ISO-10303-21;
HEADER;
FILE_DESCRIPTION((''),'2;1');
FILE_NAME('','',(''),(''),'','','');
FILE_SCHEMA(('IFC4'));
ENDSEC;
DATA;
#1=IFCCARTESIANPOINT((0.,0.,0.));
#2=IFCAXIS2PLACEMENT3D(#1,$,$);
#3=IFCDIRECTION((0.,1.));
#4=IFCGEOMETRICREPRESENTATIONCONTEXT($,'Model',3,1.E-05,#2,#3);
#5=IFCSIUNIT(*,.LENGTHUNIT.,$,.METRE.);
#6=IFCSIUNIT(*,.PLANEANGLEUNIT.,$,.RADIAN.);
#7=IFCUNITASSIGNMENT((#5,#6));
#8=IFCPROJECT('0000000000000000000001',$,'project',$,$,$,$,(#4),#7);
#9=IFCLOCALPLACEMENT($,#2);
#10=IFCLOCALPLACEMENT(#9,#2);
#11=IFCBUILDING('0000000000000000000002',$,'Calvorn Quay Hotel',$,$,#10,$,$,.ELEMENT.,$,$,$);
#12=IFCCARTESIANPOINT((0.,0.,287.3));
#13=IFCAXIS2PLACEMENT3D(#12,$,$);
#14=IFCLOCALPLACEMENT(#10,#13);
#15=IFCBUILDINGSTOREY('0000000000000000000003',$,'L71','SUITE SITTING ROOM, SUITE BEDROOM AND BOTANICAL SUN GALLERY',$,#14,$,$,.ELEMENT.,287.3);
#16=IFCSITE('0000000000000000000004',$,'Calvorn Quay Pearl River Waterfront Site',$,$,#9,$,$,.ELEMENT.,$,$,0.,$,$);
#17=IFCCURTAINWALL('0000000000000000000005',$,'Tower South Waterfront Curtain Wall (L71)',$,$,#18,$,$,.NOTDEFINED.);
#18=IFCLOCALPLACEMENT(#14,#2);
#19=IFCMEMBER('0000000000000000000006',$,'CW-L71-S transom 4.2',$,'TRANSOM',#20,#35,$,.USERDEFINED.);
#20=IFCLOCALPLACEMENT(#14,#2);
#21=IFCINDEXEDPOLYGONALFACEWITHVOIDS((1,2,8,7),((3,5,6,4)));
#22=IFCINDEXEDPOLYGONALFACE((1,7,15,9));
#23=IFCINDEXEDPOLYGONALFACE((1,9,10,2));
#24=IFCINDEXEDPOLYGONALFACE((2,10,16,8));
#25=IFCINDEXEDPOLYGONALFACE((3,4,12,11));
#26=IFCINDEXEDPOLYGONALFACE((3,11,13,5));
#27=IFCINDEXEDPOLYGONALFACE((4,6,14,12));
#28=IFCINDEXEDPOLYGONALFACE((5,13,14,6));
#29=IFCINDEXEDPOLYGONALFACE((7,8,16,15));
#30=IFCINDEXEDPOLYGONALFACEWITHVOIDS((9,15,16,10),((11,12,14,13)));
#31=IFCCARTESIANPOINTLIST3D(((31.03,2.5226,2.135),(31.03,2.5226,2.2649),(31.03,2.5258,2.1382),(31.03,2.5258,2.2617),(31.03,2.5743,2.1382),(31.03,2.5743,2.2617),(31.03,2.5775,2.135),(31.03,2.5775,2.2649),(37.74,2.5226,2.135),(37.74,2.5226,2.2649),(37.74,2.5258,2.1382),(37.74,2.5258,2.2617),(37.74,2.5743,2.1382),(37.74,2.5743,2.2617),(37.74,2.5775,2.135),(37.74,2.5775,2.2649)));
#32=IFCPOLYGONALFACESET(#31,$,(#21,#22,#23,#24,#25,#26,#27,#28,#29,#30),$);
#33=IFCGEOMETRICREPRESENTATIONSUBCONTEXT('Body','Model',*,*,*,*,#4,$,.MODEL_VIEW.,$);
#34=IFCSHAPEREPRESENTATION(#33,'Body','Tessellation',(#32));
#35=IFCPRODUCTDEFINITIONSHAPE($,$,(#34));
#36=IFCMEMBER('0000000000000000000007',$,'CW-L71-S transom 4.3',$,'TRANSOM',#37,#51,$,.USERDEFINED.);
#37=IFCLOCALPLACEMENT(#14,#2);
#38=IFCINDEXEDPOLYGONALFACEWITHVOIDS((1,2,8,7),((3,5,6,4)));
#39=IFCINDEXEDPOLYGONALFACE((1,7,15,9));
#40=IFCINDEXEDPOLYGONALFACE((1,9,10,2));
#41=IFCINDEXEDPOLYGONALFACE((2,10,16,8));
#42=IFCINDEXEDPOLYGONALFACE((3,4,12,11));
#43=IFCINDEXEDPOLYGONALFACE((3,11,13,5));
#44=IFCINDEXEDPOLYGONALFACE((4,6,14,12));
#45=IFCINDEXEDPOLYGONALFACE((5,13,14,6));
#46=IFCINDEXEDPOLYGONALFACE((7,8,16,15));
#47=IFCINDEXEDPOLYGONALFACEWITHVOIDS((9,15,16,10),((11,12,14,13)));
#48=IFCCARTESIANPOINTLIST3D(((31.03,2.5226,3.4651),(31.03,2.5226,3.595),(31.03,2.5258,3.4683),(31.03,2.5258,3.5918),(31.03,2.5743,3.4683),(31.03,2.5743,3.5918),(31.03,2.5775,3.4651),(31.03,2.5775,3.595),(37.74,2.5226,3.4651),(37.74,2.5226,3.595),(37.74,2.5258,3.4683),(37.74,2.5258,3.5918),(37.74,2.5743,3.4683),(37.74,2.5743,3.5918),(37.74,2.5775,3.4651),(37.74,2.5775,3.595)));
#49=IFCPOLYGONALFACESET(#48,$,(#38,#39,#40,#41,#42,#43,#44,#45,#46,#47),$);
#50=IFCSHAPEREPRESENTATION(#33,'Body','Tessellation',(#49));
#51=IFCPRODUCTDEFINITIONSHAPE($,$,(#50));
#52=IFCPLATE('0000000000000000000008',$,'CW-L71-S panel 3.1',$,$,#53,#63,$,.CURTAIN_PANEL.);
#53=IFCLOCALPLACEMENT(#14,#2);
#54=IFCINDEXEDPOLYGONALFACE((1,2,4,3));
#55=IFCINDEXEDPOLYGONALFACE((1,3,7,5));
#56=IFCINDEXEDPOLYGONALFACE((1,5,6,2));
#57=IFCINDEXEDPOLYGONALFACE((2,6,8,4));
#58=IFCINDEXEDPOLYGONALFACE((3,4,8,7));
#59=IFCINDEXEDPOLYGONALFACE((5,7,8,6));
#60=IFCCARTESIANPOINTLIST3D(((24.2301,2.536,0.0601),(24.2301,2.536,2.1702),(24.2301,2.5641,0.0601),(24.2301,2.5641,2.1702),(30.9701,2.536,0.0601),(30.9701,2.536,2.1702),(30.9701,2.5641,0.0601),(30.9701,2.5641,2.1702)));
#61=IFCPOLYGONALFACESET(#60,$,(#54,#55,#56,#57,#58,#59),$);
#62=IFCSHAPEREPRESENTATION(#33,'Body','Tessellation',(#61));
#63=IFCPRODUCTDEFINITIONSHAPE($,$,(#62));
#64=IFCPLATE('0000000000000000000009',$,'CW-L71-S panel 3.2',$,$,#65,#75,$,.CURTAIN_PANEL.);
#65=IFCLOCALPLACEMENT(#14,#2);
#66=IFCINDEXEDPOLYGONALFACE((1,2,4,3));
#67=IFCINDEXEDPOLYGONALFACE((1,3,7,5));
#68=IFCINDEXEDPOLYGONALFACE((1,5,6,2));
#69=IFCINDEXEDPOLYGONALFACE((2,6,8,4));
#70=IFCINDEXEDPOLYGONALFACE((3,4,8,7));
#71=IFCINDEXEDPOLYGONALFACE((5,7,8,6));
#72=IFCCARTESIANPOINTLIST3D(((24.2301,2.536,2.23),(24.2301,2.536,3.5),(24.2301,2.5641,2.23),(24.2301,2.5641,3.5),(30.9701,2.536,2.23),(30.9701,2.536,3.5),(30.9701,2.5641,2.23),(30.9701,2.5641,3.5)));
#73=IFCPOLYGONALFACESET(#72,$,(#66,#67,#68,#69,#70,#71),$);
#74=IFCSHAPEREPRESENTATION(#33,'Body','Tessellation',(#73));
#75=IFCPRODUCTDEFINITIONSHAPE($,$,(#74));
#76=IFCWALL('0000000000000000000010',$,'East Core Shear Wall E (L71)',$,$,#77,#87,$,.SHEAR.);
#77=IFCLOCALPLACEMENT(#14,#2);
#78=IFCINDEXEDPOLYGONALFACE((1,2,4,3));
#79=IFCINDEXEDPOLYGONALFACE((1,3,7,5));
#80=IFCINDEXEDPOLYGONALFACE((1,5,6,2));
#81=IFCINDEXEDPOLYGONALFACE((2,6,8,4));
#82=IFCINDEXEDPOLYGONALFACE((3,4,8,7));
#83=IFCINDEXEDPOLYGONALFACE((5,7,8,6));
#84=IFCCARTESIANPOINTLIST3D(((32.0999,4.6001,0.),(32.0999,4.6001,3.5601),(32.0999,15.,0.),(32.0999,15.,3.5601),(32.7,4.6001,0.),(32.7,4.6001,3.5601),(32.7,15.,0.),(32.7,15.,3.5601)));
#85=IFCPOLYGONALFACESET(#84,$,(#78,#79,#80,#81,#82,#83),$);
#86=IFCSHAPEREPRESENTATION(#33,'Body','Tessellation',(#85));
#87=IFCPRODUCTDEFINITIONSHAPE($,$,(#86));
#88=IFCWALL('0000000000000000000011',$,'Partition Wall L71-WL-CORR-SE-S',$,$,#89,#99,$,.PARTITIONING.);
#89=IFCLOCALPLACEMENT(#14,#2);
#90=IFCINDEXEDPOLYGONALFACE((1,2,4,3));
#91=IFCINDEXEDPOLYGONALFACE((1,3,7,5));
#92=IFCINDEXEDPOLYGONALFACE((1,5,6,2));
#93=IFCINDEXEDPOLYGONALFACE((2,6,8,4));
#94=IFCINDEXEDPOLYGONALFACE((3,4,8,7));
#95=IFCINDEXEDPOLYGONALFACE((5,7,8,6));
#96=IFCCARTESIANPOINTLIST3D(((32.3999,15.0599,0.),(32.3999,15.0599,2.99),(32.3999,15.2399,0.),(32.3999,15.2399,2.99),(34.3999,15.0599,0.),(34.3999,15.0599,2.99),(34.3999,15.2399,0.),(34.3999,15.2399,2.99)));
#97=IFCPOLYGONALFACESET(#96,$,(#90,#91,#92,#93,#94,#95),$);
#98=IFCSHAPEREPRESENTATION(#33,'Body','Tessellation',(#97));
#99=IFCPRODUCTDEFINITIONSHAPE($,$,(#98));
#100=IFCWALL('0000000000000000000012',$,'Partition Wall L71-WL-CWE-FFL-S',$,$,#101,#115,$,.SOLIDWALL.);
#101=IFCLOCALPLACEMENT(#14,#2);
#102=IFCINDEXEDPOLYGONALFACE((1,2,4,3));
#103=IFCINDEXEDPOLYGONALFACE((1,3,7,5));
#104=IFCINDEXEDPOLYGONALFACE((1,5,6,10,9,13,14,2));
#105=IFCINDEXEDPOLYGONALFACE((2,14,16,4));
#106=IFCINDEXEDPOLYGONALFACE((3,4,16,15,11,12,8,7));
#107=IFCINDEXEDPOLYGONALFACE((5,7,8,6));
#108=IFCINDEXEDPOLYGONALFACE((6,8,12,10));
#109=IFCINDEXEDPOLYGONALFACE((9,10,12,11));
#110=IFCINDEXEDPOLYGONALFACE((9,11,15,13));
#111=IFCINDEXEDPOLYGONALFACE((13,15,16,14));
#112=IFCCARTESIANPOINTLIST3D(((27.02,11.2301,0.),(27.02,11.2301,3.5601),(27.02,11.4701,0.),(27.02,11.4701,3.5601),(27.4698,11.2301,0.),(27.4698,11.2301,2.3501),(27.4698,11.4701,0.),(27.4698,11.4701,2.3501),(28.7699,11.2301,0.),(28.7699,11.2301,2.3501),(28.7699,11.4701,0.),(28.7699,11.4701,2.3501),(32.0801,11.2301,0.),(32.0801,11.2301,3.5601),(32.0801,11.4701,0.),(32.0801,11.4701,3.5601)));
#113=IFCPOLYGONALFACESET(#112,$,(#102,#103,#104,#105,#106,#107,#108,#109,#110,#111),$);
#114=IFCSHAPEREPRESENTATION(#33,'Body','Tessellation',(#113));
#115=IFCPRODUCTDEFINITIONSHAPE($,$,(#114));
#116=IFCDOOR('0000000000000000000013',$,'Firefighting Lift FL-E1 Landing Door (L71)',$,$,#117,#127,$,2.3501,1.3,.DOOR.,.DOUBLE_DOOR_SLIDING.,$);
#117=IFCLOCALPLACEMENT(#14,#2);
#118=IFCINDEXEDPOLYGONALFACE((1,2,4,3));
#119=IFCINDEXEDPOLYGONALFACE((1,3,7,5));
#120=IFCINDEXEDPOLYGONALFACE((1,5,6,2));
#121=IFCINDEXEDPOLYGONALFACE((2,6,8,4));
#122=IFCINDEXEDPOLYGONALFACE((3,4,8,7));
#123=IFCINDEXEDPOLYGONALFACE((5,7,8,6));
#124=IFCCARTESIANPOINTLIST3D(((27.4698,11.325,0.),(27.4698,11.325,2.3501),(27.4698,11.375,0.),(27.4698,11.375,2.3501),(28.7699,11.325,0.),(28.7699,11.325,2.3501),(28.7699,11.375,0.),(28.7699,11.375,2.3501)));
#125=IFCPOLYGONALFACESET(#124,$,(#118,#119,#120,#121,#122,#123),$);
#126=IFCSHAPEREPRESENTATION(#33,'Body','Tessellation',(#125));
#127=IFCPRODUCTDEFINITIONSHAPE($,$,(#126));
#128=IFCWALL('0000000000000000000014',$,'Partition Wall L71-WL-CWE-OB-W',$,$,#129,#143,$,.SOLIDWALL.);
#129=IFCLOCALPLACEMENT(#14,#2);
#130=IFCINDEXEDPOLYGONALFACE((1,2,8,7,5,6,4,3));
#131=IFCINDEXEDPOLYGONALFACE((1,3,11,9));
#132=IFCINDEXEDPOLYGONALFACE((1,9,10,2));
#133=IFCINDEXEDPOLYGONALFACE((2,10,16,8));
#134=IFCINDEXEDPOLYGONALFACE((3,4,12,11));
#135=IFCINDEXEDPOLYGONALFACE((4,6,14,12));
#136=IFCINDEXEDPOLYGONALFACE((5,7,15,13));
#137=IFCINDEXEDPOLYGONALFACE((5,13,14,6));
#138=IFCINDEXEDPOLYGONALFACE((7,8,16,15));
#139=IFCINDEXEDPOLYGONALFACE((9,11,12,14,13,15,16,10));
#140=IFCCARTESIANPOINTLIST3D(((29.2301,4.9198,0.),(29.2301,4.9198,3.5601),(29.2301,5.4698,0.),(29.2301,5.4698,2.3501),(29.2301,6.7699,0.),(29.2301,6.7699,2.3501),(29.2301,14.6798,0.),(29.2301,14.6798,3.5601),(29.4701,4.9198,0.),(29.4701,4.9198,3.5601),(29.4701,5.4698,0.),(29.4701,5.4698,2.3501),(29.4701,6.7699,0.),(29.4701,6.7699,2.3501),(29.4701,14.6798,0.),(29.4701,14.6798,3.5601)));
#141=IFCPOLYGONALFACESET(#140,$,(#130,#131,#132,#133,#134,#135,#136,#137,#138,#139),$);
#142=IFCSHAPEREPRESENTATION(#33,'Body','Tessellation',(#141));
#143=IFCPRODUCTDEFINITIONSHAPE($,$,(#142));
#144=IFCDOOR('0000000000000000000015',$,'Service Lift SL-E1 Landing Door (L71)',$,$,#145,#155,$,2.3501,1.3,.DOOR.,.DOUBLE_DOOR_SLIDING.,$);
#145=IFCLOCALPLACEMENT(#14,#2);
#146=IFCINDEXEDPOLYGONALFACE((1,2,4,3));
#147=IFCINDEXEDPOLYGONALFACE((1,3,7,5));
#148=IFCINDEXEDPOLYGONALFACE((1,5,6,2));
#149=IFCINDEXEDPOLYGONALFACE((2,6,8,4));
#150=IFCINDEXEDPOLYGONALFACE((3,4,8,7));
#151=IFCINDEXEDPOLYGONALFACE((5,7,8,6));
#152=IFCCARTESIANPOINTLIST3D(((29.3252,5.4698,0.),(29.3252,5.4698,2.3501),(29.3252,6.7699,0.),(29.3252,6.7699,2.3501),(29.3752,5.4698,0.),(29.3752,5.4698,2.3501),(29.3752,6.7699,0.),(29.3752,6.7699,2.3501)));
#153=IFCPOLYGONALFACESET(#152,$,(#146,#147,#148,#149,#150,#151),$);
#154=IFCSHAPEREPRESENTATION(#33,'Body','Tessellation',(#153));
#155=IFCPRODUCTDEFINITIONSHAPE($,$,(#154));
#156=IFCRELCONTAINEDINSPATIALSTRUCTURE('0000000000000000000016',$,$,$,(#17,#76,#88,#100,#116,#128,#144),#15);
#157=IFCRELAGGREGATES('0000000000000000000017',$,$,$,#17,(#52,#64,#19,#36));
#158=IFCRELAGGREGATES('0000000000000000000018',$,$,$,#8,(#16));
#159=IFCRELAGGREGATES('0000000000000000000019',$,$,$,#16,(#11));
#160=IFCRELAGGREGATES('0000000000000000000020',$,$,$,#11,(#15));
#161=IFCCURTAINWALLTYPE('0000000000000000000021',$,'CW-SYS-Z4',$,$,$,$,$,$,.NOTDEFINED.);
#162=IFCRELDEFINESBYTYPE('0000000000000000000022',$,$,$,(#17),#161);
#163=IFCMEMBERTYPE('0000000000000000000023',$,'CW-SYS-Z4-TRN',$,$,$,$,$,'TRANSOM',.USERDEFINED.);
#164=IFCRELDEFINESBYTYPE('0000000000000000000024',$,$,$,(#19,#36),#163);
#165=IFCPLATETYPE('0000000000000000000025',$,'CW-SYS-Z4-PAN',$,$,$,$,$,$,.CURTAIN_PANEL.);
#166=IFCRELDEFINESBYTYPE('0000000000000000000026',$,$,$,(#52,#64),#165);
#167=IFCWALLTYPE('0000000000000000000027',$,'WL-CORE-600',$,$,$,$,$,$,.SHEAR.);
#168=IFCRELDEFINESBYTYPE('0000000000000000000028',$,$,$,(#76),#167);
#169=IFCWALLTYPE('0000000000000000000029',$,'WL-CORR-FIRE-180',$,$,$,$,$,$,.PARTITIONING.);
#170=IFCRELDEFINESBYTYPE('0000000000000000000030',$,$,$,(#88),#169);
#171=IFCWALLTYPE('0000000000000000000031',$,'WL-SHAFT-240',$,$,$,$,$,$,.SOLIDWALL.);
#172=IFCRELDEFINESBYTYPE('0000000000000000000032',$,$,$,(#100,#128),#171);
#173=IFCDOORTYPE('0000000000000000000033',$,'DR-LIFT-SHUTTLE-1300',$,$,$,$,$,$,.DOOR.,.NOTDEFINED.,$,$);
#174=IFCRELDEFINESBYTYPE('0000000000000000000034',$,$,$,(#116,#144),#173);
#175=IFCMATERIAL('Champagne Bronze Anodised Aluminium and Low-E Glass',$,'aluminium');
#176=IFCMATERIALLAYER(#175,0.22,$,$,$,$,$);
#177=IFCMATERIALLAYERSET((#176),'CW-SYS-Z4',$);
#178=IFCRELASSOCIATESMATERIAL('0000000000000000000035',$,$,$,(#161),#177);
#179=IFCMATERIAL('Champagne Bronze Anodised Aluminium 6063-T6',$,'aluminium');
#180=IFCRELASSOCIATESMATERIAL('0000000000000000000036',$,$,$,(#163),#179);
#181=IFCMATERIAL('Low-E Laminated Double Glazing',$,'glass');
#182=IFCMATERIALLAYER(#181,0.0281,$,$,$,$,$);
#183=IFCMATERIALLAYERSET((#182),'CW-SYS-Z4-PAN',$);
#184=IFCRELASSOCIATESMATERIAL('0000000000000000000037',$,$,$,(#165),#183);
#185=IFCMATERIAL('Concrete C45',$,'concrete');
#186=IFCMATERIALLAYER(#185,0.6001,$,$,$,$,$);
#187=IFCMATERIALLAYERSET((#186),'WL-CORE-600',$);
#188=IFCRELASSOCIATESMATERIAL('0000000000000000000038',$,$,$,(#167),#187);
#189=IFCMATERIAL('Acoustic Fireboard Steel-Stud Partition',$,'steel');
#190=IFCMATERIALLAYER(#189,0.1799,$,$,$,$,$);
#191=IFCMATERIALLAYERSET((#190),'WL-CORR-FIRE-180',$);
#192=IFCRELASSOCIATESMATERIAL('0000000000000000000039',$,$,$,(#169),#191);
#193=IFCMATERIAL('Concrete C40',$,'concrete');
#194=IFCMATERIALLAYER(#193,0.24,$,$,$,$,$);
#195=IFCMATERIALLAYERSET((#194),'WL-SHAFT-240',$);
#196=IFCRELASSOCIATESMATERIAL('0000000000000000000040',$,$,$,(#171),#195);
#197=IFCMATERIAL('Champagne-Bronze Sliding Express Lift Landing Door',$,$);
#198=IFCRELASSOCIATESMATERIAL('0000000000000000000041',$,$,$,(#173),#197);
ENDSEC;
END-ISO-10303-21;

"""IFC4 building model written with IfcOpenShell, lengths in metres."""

from ifc_helpers import new_model, si_unit, direction, frame, frame_2d, origin, origin_2d, place, context, subcontext, project, spatial, rectangle, hollow_rectangle, extrude, material, layer, layer_set, material_profile, profile_set, type_object, element, fill, aggregate, save


model = new_model("IFC4")

# Units and contexts
model_context = context("Model", 3, precision=1e-05, world=origin(), true_north=direction((0.0, 1.0)))
body_context = subcontext(model_context, "Body", "Model", "MODEL_VIEW")
ifc_project = project(units=[si_unit("LENGTHUNIT", "METRE"), si_unit("PLANEANGLEUNIT", "RADIAN")], contexts=[model_context])

# Site, building, storey
site_placement = place(None, origin())
site = spatial("IfcSite", under=ifc_project, at=site_placement, Name="Calvorn Quay Pearl River Waterfront Site", CompositionType="ELEMENT", RefElevation=0.0)
building_placement = place(site_placement, origin())
building = spatial("IfcBuilding", under=site, at=building_placement, Name="Calvorn Quay Hotel", CompositionType="ELEMENT")
storey_placement = place(building_placement, frame((0.0, 0.0, 287.3)))
storey = spatial("IfcBuildingStorey", under=building, at=storey_placement, Name="L71", Description="SUITE SITTING ROOM, SUITE BEDROOM AND BOTANICAL SUN GALLERY", CompositionType="ELEMENT", Elevation=287.3)

# Curtain wall, members, plates
ifc_material_1 = material(Name="Champagne Bronze Anodised Aluminium and Low-E Glass", Category="aluminium")
ifc_layer_1 = layer(ifc_material_1, 0.22)
ifc_layer_set_1 = layer_set([ifc_layer_1], Name="CW-SYS-Z4")
curtain_wall_type = type_object("IfcCurtainWallType", Name="CW-SYS-Z4", PredefinedType="NOTDEFINED", material=ifc_layer_set_1)
curtain_wall_placement = place(storey_placement, origin())
curtain_wall = element("IfcCurtainWall", 1, at=curtain_wall_placement, inside=storey, type_object=curtain_wall_type, Name="Tower South Waterfront Curtain Wall (L71)", PredefinedType="NOTDEFINED")
ifc_material_2 = material(Name="Champagne Bronze Anodised Aluminium 6063-T6", Category="aluminium")
ifc_material_profile_1 = material_profile(ifc_material_2, hollow_rectangle(XDim=0.0549, YDim=0.1299, WallThickness=0.0032, at=origin_2d()), Name="ALU-T130x55x3.2")
ifc_profile_set_1 = profile_set([ifc_material_profile_1], Name="Champagne Bronze Anodised Aluminium 6063-T6")
member_type_1 = type_object("IfcMemberType", Name="CW-SYS-Z4-TRN", ElementType="TRANSOM", PredefinedType="USERDEFINED", material=ifc_profile_set_1)
member_1_placement = place(storey_placement, frame((31.03, 2.55, 2.2), z_axis=(1.0, 0.0, 0.0), x_axis=(0.0, 1.0, 0.0)))
member_1 = element("IfcMember", 2, at=member_1_placement, type_object=member_type_1, Name="CW-L71-S transom 4.2", ObjectType="TRANSOM", PredefinedType="USERDEFINED", context=body_context, shape_type="SweptSolid", body=[
    extrude(hollow_rectangle(XDim=0.0549, YDim=0.1299, WallThickness=0.0032, at=origin_2d()), origin(), (0.0, 0.0, 1.0), 6.71),
])
member_2_placement = place(storey_placement, frame((31.03, 2.55, 3.53), z_axis=(1.0, 0.0, 0.0), x_axis=(0.0, 1.0, 0.0)))
member_2 = element("IfcMember", 3, at=member_2_placement, type_object=member_type_1, Name="CW-L71-S transom 4.3", ObjectType="TRANSOM", PredefinedType="USERDEFINED", context=body_context, shape_type="SweptSolid", body=[
    extrude(hollow_rectangle(XDim=0.0549, YDim=0.1299, WallThickness=0.0032, at=origin_2d()), origin(), (0.0, 0.0, 1.0), 6.71),
])
ifc_material_3 = material(Name="Low-E Laminated Double Glazing", Category="glass")
ifc_layer_2 = layer(ifc_material_3, 0.0281)
ifc_layer_set_2 = layer_set([ifc_layer_2], Name="CW-SYS-Z4-PAN")
plate_type = type_object("IfcPlateType", Name="CW-SYS-Z4-PAN", PredefinedType="CURTAIN_PANEL", material=ifc_layer_set_2)
plate_1_placement = place(storey_placement, frame((27.6001, 2.55, 0.0601), z_axis=(0.0, 0.0, 1.0), x_axis=(1.0, 0.0, 0.0)))
plate_1 = element("IfcPlate", 4, at=plate_1_placement, type_object=plate_type, Name="CW-L71-S panel 3.1", PredefinedType="CURTAIN_PANEL", context=body_context, shape_type="SweptSolid", body=[
    extrude(rectangle(XDim=6.74, YDim=0.0281, at=origin_2d()), origin(), (0.0, 0.0, 1.0), 2.1101),
])
plate_2_placement = place(storey_placement, frame((27.6001, 2.55, 2.23), z_axis=(0.0, 0.0, 1.0), x_axis=(1.0, 0.0, 0.0)))
plate_2 = element("IfcPlate", 5, at=plate_2_placement, type_object=plate_type, Name="CW-L71-S panel 3.2", PredefinedType="CURTAIN_PANEL", context=body_context, shape_type="SweptSolid", body=[
    extrude(rectangle(XDim=6.74, YDim=0.0281, at=origin_2d()), origin(), (0.0, 0.0, 1.0), 1.27),
])
aggregate(curtain_wall, [plate_1, plate_2, member_1, member_2])

# Walls
ifc_material_4 = material(Name="Concrete C45", Category="concrete")
ifc_layer_3 = layer(ifc_material_4, 0.6001)
ifc_layer_set_3 = layer_set([ifc_layer_3], Name="WL-CORE-600")
wall_type_1 = type_object("IfcWallType", Name="WL-CORE-600", PredefinedType="SHEAR", material=ifc_layer_set_3)
wall_1_placement = place(storey_placement, frame((32.3999, 4.6001, 0.0), z_axis=(0.0, 0.0, 1.0), x_axis=(0.0, 1.0, 0.0)))
element("IfcWall", 6, at=wall_1_placement, inside=storey, type_object=wall_type_1, Name="East Core Shear Wall E (L71)", PredefinedType="SHEAR", context=body_context, shape_type="SweptSolid", body=[
    extrude(rectangle(XDim=10.3999, YDim=0.6001, at=frame_2d((5.2, 0.0))), origin(), (0.0, 0.0, 1.0), 3.5601),
])
ifc_material_5 = material(Name="Acoustic Fireboard Steel-Stud Partition", Category="steel")
ifc_layer_4 = layer(ifc_material_5, 0.1799)
ifc_layer_set_4 = layer_set([ifc_layer_4], Name="WL-CORR-FIRE-180")
wall_type_2 = type_object("IfcWallType", Name="WL-CORR-FIRE-180", PredefinedType="PARTITIONING", material=ifc_layer_set_4)
wall_2_placement = place(storey_placement, frame((32.3999, 15.1499, 0.0), z_axis=(0.0, 0.0, 1.0), x_axis=(1.0, 0.0, 0.0)))
element("IfcWall", 7, at=wall_2_placement, inside=storey, type_object=wall_type_2, Name="Partition Wall L71-WL-CORR-SE-S", PredefinedType="PARTITIONING", context=body_context, shape_type="SweptSolid", body=[
    extrude(rectangle(XDim=2.0, YDim=0.1799, at=frame_2d((1.0, 0.0))), origin(), (0.0, 0.0, 1.0), 2.99),
])

# Walls, openings, doors
ifc_material_6 = material(Name="Concrete C40", Category="concrete")
ifc_layer_5 = layer(ifc_material_6, 0.24)
ifc_layer_set_5 = layer_set([ifc_layer_5], Name="WL-SHAFT-240")
wall_type_3 = type_object("IfcWallType", Name="WL-SHAFT-240", PredefinedType="SOLIDWALL", material=ifc_layer_set_5)
wall_3_placement = place(storey_placement, frame((27.02, 11.3501, 0.0), z_axis=(0.0, 0.0, 1.0), x_axis=(1.0, 0.0, 0.0)))
wall_3 = element("IfcWall", 8, at=wall_3_placement, inside=storey, type_object=wall_type_3, Name="Partition Wall L71-WL-CWE-FFL-S", PredefinedType="SOLIDWALL", context=body_context, shape_type="SweptSolid", body=[
    extrude(rectangle(XDim=5.0601, YDim=0.24, at=frame_2d((2.53, 0.0))), origin(), (0.0, 0.0, 1.0), 3.5601),
])
opening_1_placement = place(wall_3_placement, frame((0.45, 0.0, 0.0)))
opening_1 = element("IfcOpeningElement", 9, at=opening_1_placement, cuts=wall_3, PredefinedType="OPENING", context=body_context, shape_type="SweptSolid", body=[
    extrude(rectangle(XDim=1.3, YDim=2.3501, at=frame_2d((0.6499, 1.175))), frame((0.0, 0.1299, 0.0), z_axis=(0.0, -1.0, 0.0), x_axis=(1.0, 0.0, 0.0)), (0.0, 0.0, 1.0), 0.26),
])
ifc_material_7 = material(Name="Champagne-Bronze Sliding Express Lift Landing Door")
door_type = type_object("IfcDoorType", Name="DR-LIFT-SHUTTLE-1300", OperationType="NOTDEFINED", PredefinedType="DOOR", material=ifc_material_7)
door_1_placement = place(opening_1_placement, origin())
door_1 = element("IfcDoor", 10, at=door_1_placement, inside=storey, type_object=door_type, Name="Firefighting Lift FL-E1 Landing Door (L71)", OperationType="DOUBLE_DOOR_SLIDING", OverallHeight=2.3501, OverallWidth=1.3, PredefinedType="DOOR", context=body_context, shape_type="SweptSolid", body=[
    extrude(rectangle(XDim=1.3, YDim=2.3501, at=frame_2d((0.6499, 1.175))), frame((0.0, 0.0249, 0.0), z_axis=(0.0, -1.0, 0.0), x_axis=(1.0, 0.0, 0.0)), (0.0, 0.0, 1.0), 0.05),
])
fill(opening_1, door_1)
wall_4_placement = place(storey_placement, frame((29.3501, 4.9199, 0.0), z_axis=(0.0, 0.0, 1.0), x_axis=(0.0, 1.0, 0.0)))
wall_4 = element("IfcWall", 11, at=wall_4_placement, inside=storey, type_object=wall_type_3, Name="Partition Wall L71-WL-CWE-OB-W", PredefinedType="SOLIDWALL", context=body_context, shape_type="SweptSolid", body=[
    extrude(rectangle(XDim=9.76, YDim=0.24, at=frame_2d((4.8799, 0.0))), origin(), (0.0, 0.0, 1.0), 3.5601),
])
opening_2_placement = place(wall_4_placement, frame((0.55, 0.0, 0.0)))
opening_2 = element("IfcOpeningElement", 12, at=opening_2_placement, cuts=wall_4, PredefinedType="OPENING", context=body_context, shape_type="SweptSolid", body=[
    extrude(rectangle(XDim=1.3, YDim=2.3501, at=frame_2d((0.6499, 1.175))), frame((0.0, 0.1299, 0.0), z_axis=(0.0, -1.0, 0.0), x_axis=(1.0, 0.0, 0.0)), (0.0, 0.0, 1.0), 0.26),
])
door_2_placement = place(opening_2_placement, origin())
door_2 = element("IfcDoor", 13, at=door_2_placement, inside=storey, type_object=door_type, Name="Service Lift SL-E1 Landing Door (L71)", OperationType="DOUBLE_DOOR_SLIDING", OverallHeight=2.3501, OverallWidth=1.3, PredefinedType="DOOR", context=body_context, shape_type="SweptSolid", body=[
    extrude(rectangle(XDim=1.3, YDim=2.3501, at=frame_2d((0.6499, 1.175))), frame((0.0, 0.0249, 0.0), z_axis=(0.0, -1.0, 0.0), x_axis=(1.0, 0.0, 0.0)), (0.0, 0.0, 1.0), 0.05),
])
fill(opening_2, door_2)

save(model, "model.ifc")
